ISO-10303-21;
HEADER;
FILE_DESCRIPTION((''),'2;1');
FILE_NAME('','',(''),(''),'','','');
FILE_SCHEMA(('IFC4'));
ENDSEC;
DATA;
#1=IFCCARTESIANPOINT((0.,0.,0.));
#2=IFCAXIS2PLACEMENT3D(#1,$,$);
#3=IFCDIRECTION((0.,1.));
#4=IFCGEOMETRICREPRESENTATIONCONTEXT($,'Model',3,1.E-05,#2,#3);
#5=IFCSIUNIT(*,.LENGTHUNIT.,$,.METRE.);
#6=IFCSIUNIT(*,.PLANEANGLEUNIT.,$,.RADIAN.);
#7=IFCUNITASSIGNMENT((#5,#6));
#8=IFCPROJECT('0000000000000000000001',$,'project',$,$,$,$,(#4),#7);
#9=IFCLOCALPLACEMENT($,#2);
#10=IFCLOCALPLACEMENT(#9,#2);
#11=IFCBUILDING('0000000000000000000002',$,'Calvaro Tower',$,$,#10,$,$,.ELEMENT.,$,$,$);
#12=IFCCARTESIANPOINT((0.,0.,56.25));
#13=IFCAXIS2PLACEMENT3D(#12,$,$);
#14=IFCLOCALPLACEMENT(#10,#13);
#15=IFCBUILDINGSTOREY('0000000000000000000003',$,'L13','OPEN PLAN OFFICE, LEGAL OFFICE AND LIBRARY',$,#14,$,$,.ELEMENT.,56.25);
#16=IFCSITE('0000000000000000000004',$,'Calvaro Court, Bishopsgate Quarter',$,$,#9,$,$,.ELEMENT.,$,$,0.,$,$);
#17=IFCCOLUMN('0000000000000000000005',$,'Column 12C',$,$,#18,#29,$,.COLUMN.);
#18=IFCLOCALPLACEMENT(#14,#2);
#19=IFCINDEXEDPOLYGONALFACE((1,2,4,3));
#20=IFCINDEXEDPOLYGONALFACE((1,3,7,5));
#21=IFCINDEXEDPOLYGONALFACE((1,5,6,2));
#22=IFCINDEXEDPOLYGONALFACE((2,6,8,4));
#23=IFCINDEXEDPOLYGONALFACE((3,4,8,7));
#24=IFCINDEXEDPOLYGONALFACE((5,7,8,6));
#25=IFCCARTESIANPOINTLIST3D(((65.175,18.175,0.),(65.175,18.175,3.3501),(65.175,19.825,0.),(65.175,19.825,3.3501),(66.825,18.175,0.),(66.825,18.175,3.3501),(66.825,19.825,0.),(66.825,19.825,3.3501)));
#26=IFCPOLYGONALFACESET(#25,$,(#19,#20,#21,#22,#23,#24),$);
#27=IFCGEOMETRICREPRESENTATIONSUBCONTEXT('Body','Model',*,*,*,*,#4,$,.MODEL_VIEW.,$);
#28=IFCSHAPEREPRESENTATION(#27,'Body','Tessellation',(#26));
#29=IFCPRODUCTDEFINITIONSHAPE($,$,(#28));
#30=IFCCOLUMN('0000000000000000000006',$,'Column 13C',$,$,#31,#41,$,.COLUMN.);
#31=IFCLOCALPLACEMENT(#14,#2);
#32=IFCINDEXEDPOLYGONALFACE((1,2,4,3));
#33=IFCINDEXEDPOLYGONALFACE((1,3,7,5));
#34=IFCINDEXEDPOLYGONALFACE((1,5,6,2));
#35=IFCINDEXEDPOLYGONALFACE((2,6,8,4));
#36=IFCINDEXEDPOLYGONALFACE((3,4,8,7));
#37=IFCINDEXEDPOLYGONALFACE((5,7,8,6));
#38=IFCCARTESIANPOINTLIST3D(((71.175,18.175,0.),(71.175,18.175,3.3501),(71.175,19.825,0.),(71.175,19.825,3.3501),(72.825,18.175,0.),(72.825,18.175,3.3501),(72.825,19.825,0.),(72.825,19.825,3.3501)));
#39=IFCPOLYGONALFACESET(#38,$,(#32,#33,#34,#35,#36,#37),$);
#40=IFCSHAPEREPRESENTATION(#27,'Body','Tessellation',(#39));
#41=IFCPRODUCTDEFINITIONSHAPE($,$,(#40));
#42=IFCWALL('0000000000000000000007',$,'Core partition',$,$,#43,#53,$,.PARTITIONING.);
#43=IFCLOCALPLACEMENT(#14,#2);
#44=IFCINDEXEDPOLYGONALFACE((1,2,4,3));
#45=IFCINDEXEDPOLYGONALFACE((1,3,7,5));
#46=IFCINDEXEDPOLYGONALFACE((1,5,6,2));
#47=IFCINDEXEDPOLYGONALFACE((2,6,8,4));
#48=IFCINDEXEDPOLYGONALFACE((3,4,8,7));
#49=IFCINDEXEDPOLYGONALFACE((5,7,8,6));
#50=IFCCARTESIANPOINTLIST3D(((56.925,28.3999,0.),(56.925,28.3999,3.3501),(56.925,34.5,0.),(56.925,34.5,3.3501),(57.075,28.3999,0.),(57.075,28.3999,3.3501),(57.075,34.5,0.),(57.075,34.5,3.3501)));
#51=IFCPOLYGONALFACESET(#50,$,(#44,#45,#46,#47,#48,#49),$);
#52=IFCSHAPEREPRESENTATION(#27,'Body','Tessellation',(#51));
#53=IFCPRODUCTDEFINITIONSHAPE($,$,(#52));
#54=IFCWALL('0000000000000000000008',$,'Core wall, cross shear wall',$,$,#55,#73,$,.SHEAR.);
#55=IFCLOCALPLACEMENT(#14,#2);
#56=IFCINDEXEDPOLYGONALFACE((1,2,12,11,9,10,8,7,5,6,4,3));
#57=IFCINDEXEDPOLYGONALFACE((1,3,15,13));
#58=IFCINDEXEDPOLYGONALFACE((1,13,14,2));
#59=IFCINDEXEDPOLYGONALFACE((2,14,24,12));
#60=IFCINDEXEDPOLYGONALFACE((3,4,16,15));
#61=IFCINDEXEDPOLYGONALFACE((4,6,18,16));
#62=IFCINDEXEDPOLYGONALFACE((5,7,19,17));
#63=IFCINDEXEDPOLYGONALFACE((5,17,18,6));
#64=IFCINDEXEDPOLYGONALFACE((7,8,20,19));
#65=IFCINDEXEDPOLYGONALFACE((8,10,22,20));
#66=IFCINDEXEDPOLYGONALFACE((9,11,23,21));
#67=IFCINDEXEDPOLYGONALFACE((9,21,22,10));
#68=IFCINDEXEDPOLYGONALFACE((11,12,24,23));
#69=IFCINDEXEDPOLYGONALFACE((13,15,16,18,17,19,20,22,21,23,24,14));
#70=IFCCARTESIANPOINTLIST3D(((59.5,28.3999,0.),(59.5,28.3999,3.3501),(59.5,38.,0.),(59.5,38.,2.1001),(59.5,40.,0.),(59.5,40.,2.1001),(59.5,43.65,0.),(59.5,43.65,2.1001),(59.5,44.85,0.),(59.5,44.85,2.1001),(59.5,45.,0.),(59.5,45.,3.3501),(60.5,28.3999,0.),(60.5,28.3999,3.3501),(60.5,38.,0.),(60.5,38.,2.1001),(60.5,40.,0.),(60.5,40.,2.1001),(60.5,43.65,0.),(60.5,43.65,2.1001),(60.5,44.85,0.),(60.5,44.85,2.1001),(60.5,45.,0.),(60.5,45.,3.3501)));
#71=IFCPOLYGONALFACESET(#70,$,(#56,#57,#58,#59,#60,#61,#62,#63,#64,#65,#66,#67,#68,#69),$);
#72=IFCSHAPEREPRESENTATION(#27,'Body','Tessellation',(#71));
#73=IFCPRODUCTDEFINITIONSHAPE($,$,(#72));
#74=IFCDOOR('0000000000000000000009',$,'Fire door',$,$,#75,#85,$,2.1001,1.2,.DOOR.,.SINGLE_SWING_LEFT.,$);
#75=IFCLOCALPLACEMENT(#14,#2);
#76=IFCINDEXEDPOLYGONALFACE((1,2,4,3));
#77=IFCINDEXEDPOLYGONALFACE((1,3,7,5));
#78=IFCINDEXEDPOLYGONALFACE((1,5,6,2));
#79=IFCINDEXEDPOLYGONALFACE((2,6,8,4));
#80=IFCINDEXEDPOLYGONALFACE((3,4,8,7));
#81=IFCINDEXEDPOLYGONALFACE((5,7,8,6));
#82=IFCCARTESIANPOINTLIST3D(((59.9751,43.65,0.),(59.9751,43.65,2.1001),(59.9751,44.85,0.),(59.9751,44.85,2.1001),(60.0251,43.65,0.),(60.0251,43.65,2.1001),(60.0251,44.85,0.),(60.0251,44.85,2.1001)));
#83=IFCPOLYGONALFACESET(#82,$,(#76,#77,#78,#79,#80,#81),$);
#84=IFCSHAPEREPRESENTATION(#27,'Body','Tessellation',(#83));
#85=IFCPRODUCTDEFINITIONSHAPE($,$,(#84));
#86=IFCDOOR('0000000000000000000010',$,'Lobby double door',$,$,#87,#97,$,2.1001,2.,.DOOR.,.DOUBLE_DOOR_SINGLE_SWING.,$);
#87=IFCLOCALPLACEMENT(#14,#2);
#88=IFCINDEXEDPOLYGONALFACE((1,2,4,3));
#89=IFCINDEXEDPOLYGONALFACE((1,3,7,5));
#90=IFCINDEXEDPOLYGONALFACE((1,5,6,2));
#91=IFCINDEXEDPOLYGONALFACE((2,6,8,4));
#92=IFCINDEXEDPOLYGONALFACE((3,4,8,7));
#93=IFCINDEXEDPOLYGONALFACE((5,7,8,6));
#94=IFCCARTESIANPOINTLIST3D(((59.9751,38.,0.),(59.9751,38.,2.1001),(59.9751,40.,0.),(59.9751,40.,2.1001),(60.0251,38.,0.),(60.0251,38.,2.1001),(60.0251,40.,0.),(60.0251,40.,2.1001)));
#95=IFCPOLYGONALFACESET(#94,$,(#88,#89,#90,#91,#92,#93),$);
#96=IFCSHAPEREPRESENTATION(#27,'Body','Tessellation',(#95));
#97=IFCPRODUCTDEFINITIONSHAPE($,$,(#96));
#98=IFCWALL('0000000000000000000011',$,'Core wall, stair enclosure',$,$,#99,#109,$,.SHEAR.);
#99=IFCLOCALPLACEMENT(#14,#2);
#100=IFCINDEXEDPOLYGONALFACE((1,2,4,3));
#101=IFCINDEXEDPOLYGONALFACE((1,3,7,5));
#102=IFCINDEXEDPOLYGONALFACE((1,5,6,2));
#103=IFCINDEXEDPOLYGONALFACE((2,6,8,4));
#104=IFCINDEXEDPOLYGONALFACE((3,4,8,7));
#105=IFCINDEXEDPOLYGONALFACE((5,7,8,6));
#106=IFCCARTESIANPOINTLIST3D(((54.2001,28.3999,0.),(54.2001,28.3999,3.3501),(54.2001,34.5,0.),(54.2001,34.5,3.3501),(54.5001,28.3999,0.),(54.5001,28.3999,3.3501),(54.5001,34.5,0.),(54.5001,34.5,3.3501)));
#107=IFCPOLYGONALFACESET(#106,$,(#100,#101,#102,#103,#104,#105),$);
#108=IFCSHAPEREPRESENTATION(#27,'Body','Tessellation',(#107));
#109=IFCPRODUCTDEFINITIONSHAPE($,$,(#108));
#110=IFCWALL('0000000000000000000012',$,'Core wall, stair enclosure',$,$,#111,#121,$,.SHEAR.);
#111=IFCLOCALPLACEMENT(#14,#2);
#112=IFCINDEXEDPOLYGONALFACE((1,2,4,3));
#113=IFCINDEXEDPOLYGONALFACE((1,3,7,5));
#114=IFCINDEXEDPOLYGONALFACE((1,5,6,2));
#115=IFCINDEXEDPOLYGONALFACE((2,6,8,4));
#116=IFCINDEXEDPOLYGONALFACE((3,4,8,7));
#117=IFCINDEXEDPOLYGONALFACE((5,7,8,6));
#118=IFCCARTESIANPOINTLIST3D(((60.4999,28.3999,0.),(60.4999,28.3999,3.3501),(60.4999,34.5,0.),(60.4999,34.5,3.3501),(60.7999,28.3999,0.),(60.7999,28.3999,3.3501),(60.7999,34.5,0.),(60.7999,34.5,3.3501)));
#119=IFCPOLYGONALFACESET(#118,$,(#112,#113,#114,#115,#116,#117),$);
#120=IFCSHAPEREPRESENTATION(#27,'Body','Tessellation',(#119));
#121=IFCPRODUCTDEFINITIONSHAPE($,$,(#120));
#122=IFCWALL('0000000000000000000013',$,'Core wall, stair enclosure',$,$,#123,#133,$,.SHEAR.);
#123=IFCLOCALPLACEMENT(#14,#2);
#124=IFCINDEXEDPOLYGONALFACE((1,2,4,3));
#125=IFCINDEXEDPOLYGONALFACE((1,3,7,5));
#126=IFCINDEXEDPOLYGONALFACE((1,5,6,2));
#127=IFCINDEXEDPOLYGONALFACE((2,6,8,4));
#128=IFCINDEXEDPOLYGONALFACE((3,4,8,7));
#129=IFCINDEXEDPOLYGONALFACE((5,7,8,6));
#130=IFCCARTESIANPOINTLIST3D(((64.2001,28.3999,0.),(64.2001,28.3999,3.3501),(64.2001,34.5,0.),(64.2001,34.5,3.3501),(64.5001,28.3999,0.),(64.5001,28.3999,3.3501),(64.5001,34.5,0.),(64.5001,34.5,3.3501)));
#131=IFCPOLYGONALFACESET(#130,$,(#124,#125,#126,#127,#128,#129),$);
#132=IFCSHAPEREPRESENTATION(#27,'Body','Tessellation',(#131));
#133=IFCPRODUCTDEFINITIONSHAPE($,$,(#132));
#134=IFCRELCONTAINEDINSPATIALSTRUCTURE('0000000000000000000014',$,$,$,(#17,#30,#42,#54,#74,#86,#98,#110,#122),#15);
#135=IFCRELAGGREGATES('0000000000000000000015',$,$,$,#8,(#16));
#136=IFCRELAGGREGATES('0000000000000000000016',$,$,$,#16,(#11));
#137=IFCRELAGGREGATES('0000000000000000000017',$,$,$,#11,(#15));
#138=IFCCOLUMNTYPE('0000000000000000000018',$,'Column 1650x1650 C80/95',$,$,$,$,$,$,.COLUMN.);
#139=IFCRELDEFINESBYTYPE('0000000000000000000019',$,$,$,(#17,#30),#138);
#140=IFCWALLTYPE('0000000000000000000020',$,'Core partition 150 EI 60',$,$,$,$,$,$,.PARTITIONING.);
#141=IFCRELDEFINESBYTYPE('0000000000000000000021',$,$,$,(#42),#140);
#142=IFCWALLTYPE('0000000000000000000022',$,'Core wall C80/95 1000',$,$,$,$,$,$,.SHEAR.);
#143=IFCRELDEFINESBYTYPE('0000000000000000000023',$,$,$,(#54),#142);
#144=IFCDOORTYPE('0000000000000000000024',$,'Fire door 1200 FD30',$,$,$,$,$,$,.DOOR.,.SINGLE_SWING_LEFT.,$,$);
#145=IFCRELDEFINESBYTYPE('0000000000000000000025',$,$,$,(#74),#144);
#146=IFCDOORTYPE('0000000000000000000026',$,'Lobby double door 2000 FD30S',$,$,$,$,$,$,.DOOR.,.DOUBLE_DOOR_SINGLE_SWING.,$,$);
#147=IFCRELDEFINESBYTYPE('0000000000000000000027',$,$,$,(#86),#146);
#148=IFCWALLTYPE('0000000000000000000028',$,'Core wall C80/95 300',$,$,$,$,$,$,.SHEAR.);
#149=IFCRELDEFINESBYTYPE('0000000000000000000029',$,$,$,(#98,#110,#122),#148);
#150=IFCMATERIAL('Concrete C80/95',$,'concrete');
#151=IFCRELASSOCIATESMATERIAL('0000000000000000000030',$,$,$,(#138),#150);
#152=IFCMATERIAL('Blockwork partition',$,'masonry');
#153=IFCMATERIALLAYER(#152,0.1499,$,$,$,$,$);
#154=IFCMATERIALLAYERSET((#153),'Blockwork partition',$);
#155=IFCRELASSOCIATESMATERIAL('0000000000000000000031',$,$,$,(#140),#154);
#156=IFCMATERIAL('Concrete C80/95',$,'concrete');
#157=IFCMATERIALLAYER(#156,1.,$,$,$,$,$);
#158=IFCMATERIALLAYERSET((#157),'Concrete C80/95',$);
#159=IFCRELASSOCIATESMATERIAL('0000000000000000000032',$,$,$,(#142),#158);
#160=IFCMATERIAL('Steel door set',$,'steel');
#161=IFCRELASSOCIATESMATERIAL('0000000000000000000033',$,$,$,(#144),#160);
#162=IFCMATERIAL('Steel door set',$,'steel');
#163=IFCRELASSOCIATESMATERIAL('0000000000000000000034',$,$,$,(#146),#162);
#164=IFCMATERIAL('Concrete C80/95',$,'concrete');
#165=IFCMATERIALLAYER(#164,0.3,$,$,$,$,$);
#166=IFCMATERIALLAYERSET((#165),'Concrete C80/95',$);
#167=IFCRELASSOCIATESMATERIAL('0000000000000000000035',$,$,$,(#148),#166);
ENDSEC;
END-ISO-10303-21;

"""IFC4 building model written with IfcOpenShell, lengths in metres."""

from ifc_helpers import new_model, si_unit, direction, frame, frame_2d, origin, origin_2d, place, context, subcontext, project, spatial, rectangle, extrude, material, layer, layer_set, material_profile, profile_set, type_object, element, fill, save


model = new_model("IFC4")

# Units and contexts
model_context = context("Model", 3, precision=1e-05, world=origin(), true_north=direction((0.0, 1.0)))
body_context = subcontext(model_context, "Body", "Model", "MODEL_VIEW")
ifc_project = project(units=[si_unit("LENGTHUNIT", "METRE"), si_unit("PLANEANGLEUNIT", "RADIAN")], contexts=[model_context])

# Site, building, storey
site_placement = place(None, origin())
site = spatial("IfcSite", under=ifc_project, at=site_placement, Name="Calvaro Court, Bishopsgate Quarter", CompositionType="ELEMENT", RefElevation=0.0)
building_placement = place(site_placement, origin())
building = spatial("IfcBuilding", under=site, at=building_placement, Name="Calvaro Tower", CompositionType="ELEMENT")
storey_placement = place(building_placement, frame((0.0, 0.0, 56.25)))
storey = spatial("IfcBuildingStorey", under=building, at=storey_placement, Name="L13", Description="OPEN PLAN OFFICE, LEGAL OFFICE AND LIBRARY", CompositionType="ELEMENT", Elevation=56.25)

# Columns
ifc_material_1 = material(Name="Concrete C80/95", Category="concrete")
ifc_material_profile = material_profile(ifc_material_1, rectangle(XDim=1.6499, YDim=1.6499, at=origin_2d()), Name="RC 1650x1650")
ifc_profile_set = profile_set([ifc_material_profile], Name="Concrete C80/95")
column_type = type_object("IfcColumnType", Name="Column 1650x1650 C80/95", PredefinedType="COLUMN", material=ifc_profile_set)
for number, where, z_axis, x_axis, name in (
    (1, (66.0, 19.0, 0.0), (0.0, 0.0, 1.0), (1.0, 0.0, 0.0), "Column 12C"),
    (2, (72.0, 19.0, 0.0), (0.0, 0.0, 1.0), (1.0, 0.0, 0.0), "Column 13C"),
):
    element("IfcColumn", number, at=place(storey_placement, frame(where, z_axis=z_axis, x_axis=x_axis)), inside=storey, type_object=column_type, Name=name, PredefinedType="COLUMN", context=body_context, shape_type="SweptSolid", body=[
        extrude(rectangle(XDim=1.6499, YDim=1.6499, at=origin_2d()), origin(), (0.0, 0.0, 1.0), 3.3501),
    ])

# Wall
ifc_material_2 = material(Name="Blockwork partition", Category="masonry")
ifc_layer_1 = layer(ifc_material_2, 0.1499)
ifc_layer_set_1 = layer_set([ifc_layer_1], Name="Blockwork partition")
wall_type_1 = type_object("IfcWallType", Name="Core partition 150 EI 60", PredefinedType="PARTITIONING", material=ifc_layer_set_1)
wall_1_placement = place(storey_placement, frame((57.0, 28.3999, 0.0), z_axis=(0.0, 0.0, 1.0), x_axis=(0.0, 1.0, 0.0)))
element("IfcWall", 3, at=wall_1_placement, inside=storey, type_object=wall_type_1, Name="Core partition", PredefinedType="PARTITIONING", context=body_context, shape_type="SweptSolid", body=[
    extrude(rectangle(XDim=6.1001, YDim=0.1499, at=frame_2d((3.05, 0.0))), origin(), (0.0, 0.0, 1.0), 3.3501),
])

# Wall, openings, doors
ifc_material_3 = material(Name="Concrete C80/95", Category="concrete")
ifc_layer_2 = layer(ifc_material_3, 1.0)
ifc_layer_set_2 = layer_set([ifc_layer_2], Name="Concrete C80/95")
wall_type_2 = type_object("IfcWallType", Name="Core wall C80/95 1000", PredefinedType="SHEAR", material=ifc_layer_set_2)
wall_2_placement = place(storey_placement, frame((60.0, 28.3999, 0.0), z_axis=(0.0, 0.0, 1.0), x_axis=(0.0, 1.0, 0.0)))
wall_2 = element("IfcWall", 4, at=wall_2_placement, inside=storey, type_object=wall_type_2, Name="Core wall, cross shear wall", PredefinedType="SHEAR", context=body_context, shape_type="SweptSolid", body=[
    extrude(rectangle(XDim=16.6001, YDim=1.0, at=frame_2d((8.3, 0.0))), origin(), (0.0, 0.0, 1.0), 3.3501),
])
opening_1_placement = place(wall_2_placement, frame((9.6001, 0.0, 0.0)))
opening_1 = element("IfcOpeningElement", 5, at=opening_1_placement, cuts=wall_2, PredefinedType="OPENING", context=body_context, shape_type="SweptSolid", body=[
    extrude(rectangle(XDim=2.0, YDim=2.1001, at=frame_2d((1.0, 1.05))), frame((0.0, 0.51, 0.0), z_axis=(0.0, -1.0, 0.0), x_axis=(1.0, 0.0, 0.0)), (0.0, 0.0, 1.0), 1.02),
])
opening_2_placement = place(wall_2_placement, frame((15.25, 0.0, 0.0)))
opening_2 = element("IfcOpeningElement", 6, at=opening_2_placement, cuts=wall_2, PredefinedType="OPENING", context=body_context, shape_type="SweptSolid", body=[
    extrude(rectangle(XDim=1.2, YDim=2.1001, at=frame_2d((0.6001, 1.05))), frame((0.0, 0.51, 0.0), z_axis=(0.0, -1.0, 0.0), x_axis=(1.0, 0.0, 0.0)), (0.0, 0.0, 1.0), 1.02),
])
ifc_material_4 = material(Name="Steel door set", Category="steel")
door_type_1 = type_object("IfcDoorType", Name="Fire door 1200 FD30", OperationType="SINGLE_SWING_LEFT", PredefinedType="DOOR", material=ifc_material_4)
door_1_placement = place(opening_2_placement, origin())
door_1 = element("IfcDoor", 7, at=door_1_placement, inside=storey, type_object=door_type_1, Name="Fire door", OperationType="SINGLE_SWING_LEFT", OverallHeight=2.1001, OverallWidth=1.2, PredefinedType="DOOR", context=body_context, shape_type="SweptSolid", body=[
    extrude(rectangle(XDim=1.2, YDim=2.1001, at=frame_2d((0.6001, 1.05))), frame((0.0, 0.0249, 0.0), z_axis=(0.0, -1.0, 0.0), x_axis=(1.0, 0.0, 0.0)), (0.0, 0.0, 1.0), 0.05),
])
fill(opening_2, door_1)
ifc_material_5 = material(Name="Steel door set", Category="steel")
door_type_2 = type_object("IfcDoorType", Name="Lobby double door 2000 FD30S", OperationType="DOUBLE_DOOR_SINGLE_SWING", PredefinedType="DOOR", material=ifc_material_5)
door_2_placement = place(opening_1_placement, origin())
door_2 = element("IfcDoor", 8, at=door_2_placement, inside=storey, type_object=door_type_2, Name="Lobby double door", OperationType="DOUBLE_DOOR_SINGLE_SWING", OverallHeight=2.1001, OverallWidth=2.0, PredefinedType="DOOR", context=body_context, shape_type="SweptSolid", body=[
    extrude(rectangle(XDim=2.0, YDim=2.1001, at=frame_2d((1.0, 1.05))), frame((0.0, 0.0249, 0.0), z_axis=(0.0, -1.0, 0.0), x_axis=(1.0, 0.0, 0.0)), (0.0, 0.0, 1.0), 0.05),
])
fill(opening_1, door_2)

# Walls
ifc_material_6 = material(Name="Concrete C80/95", Category="concrete")
ifc_layer_3 = layer(ifc_material_6, 0.3)
ifc_layer_set_3 = layer_set([ifc_layer_3], Name="Concrete C80/95")
wall_type_3 = type_object("IfcWallType", Name="Core wall C80/95 300", PredefinedType="SHEAR", material=ifc_layer_set_3)
for number, where, z_axis, x_axis, name in (
    (9, (54.3501, 28.3999, 0.0), (0.0, 0.0, 1.0), (0.0, 1.0, 0.0), "Core wall, stair enclosure"),
    (10, (60.6499, 28.3999, 0.0), (0.0, 0.0, 1.0), (0.0, 1.0, 0.0), "Core wall, stair enclosure"),
    (11, (64.3501, 28.3999, 0.0), (0.0, 0.0, 1.0), (0.0, 1.0, 0.0), "Core wall, stair enclosure"),
):
    element("IfcWall", number, at=place(storey_placement, frame(where, z_axis=z_axis, x_axis=x_axis)), inside=storey, type_object=wall_type_3, Name=name, PredefinedType="SHEAR", context=body_context, shape_type="SweptSolid", body=[
        extrude(rectangle(XDim=6.1001, YDim=0.3, at=frame_2d((3.05, 0.0))), origin(), (0.0, 0.0, 1.0), 3.3501),
    ])

save(model, "model.ifc")
